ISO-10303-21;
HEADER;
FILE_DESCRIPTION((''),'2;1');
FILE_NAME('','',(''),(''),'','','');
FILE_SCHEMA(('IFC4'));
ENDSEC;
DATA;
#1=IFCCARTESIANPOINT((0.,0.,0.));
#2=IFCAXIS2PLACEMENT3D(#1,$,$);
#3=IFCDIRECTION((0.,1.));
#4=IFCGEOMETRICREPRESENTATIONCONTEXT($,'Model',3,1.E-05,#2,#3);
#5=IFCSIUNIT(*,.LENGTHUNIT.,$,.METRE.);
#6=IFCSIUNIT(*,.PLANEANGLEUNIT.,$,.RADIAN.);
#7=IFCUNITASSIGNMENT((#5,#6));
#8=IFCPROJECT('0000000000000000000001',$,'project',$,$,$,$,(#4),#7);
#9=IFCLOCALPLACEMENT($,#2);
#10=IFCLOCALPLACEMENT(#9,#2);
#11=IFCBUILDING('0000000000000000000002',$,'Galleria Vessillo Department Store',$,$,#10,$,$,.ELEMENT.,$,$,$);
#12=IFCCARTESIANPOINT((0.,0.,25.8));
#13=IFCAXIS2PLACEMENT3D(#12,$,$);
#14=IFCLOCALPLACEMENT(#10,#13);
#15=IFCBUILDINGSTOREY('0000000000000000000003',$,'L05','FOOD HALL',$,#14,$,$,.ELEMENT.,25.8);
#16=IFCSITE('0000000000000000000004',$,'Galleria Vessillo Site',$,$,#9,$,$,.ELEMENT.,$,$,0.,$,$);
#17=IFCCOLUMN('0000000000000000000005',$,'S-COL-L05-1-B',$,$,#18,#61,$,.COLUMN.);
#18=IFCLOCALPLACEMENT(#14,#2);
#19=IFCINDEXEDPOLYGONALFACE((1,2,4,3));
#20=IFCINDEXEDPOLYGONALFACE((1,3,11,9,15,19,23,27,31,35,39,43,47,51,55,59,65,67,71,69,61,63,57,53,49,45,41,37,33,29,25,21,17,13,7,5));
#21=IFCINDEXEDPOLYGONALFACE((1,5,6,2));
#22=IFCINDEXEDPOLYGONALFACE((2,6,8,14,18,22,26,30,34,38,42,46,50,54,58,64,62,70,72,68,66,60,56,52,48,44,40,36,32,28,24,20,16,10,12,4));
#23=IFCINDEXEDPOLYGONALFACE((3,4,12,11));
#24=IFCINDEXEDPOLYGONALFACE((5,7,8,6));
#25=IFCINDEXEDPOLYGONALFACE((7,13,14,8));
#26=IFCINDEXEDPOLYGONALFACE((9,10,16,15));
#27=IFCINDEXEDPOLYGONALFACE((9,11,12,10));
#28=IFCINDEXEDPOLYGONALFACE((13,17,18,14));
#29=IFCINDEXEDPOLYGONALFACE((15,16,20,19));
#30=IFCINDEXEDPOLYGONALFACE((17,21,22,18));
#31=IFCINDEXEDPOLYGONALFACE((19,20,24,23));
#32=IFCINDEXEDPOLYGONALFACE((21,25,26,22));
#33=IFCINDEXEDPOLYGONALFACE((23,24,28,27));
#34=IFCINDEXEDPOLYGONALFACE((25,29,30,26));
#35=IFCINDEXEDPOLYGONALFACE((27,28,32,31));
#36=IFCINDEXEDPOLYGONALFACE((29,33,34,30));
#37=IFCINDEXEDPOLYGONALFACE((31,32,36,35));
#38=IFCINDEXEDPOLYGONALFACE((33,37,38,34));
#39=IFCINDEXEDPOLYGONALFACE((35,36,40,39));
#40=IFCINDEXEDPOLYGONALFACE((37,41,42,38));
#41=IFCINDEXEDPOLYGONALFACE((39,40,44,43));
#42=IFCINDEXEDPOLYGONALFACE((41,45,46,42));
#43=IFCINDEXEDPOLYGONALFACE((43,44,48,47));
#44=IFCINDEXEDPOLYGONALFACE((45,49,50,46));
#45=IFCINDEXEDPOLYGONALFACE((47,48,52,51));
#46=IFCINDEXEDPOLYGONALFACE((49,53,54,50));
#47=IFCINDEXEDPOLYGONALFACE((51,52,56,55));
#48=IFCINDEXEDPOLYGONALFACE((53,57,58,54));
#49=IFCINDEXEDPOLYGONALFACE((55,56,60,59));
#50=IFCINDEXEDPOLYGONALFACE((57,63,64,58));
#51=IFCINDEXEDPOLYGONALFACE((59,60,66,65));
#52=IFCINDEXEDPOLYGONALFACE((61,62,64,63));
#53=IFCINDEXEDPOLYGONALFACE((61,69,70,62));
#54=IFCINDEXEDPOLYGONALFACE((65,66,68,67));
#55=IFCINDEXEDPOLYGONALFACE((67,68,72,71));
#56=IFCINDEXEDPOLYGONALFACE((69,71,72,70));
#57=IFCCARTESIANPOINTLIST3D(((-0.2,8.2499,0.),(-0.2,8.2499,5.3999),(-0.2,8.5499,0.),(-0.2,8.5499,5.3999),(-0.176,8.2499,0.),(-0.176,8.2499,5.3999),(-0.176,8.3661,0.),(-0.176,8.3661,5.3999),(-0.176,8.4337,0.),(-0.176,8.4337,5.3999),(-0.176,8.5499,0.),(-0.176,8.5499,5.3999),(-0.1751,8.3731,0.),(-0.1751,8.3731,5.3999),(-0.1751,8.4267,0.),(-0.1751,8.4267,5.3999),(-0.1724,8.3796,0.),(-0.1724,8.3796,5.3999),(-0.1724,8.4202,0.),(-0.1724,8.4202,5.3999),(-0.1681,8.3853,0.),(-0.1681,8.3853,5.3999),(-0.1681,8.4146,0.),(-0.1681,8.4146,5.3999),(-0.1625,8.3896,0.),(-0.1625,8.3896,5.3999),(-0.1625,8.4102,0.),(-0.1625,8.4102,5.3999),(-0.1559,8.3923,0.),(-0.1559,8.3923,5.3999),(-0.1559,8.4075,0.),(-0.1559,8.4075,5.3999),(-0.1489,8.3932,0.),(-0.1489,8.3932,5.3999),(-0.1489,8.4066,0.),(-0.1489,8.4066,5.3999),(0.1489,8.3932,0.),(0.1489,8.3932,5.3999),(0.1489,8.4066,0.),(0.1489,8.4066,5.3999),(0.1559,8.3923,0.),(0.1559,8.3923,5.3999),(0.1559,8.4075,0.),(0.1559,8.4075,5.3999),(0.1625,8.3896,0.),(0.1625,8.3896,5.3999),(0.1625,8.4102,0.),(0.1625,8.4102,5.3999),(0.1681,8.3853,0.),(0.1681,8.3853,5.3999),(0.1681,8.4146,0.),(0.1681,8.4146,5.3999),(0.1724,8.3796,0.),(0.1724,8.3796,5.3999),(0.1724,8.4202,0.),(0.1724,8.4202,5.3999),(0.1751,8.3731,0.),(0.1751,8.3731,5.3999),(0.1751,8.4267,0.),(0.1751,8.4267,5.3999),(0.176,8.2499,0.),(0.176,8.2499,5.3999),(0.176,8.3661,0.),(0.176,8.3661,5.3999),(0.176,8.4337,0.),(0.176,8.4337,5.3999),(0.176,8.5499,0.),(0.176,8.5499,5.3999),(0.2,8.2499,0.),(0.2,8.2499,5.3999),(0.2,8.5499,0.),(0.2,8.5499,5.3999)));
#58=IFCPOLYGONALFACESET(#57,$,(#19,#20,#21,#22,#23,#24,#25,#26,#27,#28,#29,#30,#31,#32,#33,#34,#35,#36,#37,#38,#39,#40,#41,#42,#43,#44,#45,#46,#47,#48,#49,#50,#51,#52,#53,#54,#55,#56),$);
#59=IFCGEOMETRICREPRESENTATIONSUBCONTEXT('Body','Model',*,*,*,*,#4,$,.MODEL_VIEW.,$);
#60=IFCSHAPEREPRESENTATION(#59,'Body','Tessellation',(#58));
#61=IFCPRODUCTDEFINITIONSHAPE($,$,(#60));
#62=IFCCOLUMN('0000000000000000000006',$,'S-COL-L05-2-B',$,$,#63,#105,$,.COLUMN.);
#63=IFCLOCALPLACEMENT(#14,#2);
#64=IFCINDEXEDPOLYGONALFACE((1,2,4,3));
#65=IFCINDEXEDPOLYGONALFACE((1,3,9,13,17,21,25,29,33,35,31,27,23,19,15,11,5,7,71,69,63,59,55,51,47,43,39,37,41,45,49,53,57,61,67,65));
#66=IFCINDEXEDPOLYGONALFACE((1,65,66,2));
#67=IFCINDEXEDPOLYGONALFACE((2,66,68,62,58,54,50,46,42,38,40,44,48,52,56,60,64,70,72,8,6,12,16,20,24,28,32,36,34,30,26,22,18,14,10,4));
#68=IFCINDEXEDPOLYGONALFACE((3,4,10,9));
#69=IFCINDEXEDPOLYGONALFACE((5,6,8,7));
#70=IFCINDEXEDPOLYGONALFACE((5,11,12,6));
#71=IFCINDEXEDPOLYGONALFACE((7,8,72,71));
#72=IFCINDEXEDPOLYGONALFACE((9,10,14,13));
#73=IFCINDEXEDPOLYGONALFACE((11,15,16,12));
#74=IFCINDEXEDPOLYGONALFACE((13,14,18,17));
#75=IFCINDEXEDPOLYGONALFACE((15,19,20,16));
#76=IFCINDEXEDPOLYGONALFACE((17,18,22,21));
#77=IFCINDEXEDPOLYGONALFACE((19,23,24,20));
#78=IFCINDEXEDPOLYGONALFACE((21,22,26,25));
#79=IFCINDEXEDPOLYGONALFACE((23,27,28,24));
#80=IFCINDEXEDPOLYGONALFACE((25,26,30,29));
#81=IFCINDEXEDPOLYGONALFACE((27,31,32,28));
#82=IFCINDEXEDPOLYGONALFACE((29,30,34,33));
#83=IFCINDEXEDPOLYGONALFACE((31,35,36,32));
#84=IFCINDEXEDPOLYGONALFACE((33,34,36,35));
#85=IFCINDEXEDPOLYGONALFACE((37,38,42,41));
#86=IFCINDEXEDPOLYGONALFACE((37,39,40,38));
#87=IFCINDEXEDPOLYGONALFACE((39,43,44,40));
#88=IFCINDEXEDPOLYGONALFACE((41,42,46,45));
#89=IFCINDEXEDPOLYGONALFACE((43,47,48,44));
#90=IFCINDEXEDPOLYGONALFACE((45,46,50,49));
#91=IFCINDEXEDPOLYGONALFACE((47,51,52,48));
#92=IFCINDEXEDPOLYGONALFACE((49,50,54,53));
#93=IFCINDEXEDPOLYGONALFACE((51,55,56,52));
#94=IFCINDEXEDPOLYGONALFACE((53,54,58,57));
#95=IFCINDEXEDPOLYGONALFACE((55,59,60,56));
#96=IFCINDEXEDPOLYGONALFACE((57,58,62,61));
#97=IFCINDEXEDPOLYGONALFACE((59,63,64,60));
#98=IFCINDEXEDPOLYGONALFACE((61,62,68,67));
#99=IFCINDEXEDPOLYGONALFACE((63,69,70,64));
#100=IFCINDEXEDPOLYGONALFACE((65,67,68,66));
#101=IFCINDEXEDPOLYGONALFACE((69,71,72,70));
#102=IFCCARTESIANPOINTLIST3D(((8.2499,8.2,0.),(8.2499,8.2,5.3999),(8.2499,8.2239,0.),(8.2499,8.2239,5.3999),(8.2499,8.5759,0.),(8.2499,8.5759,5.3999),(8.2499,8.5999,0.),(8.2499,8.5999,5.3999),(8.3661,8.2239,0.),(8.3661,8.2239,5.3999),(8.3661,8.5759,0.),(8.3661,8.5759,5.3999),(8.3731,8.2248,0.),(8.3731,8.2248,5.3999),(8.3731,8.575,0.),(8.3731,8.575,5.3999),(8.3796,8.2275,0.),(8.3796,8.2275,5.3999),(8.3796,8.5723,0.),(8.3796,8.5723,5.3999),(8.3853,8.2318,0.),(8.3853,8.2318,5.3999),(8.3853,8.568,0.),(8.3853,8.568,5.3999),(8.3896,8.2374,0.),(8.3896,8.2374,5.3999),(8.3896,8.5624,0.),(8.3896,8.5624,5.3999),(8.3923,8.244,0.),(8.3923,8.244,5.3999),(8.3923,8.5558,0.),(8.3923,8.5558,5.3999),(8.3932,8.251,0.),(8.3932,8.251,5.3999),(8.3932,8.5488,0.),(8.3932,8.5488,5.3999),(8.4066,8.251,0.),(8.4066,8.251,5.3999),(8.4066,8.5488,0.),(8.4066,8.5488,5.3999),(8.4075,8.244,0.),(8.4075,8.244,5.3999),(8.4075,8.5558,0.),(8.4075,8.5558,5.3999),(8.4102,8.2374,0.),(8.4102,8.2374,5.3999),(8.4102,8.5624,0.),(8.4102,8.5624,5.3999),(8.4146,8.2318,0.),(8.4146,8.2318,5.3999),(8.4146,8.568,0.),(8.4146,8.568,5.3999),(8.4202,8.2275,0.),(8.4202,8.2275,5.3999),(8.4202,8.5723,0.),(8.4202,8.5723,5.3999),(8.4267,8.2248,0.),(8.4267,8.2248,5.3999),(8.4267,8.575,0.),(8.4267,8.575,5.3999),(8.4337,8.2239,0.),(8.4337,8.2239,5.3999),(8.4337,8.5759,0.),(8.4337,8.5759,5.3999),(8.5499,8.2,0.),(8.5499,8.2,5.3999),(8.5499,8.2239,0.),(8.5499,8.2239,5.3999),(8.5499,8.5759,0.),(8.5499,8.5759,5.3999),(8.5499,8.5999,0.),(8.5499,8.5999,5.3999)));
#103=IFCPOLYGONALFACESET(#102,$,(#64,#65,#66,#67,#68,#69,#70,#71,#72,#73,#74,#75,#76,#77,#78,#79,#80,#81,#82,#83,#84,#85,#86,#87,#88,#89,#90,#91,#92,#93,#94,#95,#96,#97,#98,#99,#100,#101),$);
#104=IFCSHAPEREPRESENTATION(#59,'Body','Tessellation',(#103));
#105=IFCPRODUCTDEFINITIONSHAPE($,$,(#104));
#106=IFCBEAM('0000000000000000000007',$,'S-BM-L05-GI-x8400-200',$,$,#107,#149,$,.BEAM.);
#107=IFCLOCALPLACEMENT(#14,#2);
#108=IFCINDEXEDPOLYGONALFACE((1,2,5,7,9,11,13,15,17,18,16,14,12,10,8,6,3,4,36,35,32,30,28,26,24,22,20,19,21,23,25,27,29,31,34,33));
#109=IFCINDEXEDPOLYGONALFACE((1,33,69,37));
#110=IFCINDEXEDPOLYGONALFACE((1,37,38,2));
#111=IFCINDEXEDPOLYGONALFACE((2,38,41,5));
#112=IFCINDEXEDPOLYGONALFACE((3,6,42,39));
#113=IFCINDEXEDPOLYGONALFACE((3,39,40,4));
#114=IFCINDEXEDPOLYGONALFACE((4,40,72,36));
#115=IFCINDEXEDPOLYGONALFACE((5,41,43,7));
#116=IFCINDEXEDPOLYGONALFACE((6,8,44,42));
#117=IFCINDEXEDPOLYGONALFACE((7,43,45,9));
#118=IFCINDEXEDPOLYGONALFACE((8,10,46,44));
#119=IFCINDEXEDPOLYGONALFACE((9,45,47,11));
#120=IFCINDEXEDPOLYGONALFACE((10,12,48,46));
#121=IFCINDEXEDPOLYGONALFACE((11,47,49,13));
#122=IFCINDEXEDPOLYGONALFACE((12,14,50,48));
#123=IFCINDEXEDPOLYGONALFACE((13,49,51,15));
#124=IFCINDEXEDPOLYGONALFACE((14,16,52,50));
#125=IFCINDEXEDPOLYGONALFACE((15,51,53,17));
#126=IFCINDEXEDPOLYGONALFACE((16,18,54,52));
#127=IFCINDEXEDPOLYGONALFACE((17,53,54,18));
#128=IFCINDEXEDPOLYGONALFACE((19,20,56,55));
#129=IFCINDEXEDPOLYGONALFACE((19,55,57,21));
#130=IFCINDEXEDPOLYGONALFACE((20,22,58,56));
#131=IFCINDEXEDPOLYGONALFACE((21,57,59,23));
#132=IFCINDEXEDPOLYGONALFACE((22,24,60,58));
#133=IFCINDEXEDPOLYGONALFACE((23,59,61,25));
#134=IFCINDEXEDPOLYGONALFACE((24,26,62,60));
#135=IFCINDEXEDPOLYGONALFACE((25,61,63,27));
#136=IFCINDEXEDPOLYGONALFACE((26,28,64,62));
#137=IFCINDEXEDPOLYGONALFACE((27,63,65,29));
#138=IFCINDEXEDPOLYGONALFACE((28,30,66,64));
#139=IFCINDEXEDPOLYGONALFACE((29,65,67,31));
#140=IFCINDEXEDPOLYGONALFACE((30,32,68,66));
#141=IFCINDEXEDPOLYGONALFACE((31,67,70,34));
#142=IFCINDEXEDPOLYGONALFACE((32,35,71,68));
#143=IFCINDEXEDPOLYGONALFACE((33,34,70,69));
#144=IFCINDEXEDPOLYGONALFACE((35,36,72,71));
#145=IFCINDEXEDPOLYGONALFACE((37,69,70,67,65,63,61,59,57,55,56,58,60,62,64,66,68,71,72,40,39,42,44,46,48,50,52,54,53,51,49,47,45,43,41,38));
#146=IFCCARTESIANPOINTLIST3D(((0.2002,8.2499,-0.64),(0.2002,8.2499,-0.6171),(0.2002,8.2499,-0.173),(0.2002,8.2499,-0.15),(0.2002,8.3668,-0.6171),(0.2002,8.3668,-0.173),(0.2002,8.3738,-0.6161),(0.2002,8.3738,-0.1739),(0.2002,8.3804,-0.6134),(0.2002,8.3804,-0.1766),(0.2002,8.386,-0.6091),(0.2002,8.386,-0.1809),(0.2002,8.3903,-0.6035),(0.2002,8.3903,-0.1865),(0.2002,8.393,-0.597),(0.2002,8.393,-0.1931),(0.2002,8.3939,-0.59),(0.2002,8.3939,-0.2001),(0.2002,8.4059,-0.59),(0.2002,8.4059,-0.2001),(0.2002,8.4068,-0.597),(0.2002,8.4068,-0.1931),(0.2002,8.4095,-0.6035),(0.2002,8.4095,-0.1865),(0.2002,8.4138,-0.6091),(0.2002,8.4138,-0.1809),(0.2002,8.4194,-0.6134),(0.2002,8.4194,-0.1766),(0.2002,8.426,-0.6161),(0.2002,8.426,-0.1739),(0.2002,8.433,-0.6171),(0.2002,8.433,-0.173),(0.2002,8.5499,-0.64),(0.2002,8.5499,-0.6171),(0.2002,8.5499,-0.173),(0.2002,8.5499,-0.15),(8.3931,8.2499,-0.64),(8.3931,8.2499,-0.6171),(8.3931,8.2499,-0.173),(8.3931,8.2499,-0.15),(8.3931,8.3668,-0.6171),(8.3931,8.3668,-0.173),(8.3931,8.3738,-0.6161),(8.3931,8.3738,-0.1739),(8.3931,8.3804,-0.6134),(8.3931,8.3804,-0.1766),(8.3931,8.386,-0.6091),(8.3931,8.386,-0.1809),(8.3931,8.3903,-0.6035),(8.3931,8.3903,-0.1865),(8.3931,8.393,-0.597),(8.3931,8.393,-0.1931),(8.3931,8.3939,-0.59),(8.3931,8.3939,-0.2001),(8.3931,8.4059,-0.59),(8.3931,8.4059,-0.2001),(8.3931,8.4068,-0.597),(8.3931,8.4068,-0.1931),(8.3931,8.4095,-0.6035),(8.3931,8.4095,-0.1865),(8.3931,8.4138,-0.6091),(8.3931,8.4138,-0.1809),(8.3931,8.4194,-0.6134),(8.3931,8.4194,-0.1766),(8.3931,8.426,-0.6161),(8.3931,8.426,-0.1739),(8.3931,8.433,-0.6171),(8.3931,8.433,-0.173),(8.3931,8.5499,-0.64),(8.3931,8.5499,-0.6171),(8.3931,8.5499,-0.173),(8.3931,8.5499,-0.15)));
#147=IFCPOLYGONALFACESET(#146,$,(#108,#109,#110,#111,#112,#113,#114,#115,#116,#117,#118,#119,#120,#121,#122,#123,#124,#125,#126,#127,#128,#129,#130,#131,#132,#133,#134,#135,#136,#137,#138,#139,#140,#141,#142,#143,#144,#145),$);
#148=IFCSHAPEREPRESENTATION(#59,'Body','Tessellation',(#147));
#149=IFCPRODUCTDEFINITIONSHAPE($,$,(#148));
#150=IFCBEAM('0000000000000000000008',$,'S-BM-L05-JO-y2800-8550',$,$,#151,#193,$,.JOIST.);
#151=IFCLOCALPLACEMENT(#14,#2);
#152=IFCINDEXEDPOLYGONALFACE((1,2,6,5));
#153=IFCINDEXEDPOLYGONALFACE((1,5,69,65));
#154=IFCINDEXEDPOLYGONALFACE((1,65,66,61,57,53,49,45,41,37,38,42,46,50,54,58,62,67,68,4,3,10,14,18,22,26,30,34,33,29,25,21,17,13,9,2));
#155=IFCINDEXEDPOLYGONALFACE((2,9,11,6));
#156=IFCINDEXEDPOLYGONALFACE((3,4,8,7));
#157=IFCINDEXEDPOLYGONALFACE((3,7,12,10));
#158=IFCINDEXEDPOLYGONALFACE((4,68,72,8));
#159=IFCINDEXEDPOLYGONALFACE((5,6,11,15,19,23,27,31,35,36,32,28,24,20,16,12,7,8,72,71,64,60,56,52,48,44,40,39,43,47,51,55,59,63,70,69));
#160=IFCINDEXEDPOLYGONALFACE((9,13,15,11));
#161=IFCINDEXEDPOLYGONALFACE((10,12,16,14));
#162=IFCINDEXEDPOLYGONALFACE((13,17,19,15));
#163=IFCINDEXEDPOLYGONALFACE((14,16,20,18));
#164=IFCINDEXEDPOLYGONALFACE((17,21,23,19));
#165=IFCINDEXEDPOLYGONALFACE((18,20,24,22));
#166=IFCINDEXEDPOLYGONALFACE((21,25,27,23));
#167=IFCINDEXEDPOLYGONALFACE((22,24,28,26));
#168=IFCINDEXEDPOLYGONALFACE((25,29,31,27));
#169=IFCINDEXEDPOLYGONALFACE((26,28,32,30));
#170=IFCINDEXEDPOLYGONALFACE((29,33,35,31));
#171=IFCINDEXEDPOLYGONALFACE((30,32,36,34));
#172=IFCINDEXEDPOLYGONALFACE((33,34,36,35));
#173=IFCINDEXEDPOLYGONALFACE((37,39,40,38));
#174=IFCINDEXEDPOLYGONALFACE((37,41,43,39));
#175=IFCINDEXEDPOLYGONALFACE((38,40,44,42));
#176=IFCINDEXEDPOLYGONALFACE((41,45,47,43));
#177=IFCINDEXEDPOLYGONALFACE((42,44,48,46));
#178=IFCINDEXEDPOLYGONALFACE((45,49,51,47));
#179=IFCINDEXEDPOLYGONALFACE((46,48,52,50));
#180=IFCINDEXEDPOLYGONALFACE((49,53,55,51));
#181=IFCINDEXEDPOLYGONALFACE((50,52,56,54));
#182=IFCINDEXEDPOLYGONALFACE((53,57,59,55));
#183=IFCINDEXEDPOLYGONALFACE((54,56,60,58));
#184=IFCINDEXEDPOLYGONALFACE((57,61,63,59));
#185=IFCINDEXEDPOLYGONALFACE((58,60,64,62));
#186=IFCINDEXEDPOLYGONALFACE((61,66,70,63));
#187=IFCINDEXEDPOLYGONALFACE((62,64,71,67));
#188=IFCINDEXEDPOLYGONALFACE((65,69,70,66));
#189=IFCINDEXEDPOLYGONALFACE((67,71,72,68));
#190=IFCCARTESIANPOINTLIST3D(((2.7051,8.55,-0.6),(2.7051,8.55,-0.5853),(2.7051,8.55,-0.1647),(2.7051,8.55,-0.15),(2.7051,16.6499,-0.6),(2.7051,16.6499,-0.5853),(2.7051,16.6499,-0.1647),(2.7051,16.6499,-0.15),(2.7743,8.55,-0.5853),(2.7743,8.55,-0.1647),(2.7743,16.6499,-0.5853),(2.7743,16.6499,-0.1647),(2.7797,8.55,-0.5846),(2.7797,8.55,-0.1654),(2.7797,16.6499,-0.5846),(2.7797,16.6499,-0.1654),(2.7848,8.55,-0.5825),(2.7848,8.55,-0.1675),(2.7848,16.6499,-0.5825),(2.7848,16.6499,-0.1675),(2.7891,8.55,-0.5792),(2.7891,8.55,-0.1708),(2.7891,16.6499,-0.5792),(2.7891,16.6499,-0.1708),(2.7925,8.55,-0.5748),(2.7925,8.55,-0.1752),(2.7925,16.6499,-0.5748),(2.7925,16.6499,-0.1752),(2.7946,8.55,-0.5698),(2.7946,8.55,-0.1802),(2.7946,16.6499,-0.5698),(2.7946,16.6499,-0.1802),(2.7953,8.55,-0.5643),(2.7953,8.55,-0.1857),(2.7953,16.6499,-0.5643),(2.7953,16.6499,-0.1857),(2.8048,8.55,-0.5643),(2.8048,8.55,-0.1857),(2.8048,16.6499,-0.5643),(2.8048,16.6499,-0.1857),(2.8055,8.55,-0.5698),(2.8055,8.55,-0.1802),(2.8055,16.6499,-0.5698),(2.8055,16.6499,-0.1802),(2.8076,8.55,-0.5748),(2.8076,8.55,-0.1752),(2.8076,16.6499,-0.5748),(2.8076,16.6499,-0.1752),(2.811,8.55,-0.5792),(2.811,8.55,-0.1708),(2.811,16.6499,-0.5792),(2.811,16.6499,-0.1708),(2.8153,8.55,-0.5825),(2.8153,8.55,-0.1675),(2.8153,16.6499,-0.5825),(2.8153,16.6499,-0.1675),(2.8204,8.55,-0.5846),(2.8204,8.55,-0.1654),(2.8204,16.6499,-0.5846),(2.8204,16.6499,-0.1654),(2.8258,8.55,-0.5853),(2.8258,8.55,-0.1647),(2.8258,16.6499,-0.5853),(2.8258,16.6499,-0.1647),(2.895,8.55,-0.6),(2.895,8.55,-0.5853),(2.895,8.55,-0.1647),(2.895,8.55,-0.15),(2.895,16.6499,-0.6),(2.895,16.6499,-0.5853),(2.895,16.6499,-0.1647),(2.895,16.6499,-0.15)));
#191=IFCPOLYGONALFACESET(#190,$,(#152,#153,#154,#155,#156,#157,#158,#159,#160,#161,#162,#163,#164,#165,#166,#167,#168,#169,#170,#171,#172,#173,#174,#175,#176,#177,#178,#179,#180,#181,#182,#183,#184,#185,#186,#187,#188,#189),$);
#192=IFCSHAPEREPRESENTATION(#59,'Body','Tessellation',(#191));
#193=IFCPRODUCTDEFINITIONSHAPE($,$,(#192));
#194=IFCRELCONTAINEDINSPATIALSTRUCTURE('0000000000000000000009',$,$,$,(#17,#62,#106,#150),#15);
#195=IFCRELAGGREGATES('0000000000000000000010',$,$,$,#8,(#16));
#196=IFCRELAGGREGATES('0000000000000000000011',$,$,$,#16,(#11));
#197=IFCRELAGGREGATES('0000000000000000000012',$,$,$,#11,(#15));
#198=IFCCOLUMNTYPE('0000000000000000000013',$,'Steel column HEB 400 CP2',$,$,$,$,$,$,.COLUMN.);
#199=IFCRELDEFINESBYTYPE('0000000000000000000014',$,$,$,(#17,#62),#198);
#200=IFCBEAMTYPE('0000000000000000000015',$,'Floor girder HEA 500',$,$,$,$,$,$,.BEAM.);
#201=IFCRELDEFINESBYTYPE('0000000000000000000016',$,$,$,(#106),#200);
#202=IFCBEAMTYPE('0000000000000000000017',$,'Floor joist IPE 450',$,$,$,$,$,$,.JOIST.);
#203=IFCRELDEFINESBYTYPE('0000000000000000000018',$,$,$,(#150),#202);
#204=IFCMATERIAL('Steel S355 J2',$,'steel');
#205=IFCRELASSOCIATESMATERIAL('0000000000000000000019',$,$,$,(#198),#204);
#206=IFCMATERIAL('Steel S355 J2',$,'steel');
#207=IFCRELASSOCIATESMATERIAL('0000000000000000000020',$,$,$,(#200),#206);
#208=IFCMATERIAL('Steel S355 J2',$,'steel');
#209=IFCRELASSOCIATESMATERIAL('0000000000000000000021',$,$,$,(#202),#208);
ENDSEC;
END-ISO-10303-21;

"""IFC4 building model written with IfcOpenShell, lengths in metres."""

from ifc_helpers import new_model, si_unit, direction, frame, origin, origin_2d, place, context, subcontext, project, spatial, i_section, extrude, material, material_profile, profile_set, type_object, element, save


model = new_model("IFC4")

# Units and contexts
model_context = context("Model", 3, precision=1e-05, world=origin(), true_north=direction((0.0, 1.0)))
body_context = subcontext(model_context, "Body", "Model", "MODEL_VIEW")
ifc_project = project(units=[si_unit("LENGTHUNIT", "METRE"), si_unit("PLANEANGLEUNIT", "RADIAN")], contexts=[model_context])

# Site, building, storey
site_placement = place(None, origin())
site = spatial("IfcSite", under=ifc_project, at=site_placement, Name="Galleria Vessillo Site", CompositionType="ELEMENT", RefElevation=0.0)
building_placement = place(site_placement, origin())
building = spatial("IfcBuilding", under=site, at=building_placement, Name="Galleria Vessillo Department Store", CompositionType="ELEMENT")
storey_placement = place(building_placement, frame((0.0, 0.0, 25.8)))
storey = spatial("IfcBuildingStorey", under=building, at=storey_placement, Name="L05", Description="FOOD HALL", CompositionType="ELEMENT", Elevation=25.8)

# Columns
ifc_material_1 = material(Name="Steel S355 J2", Category="steel")
ifc_material_profile_1 = material_profile(ifc_material_1, i_section(OverallWidth=0.3, OverallDepth=0.3999, WebThickness=0.0134, FlangeThickness=0.0239, FilletRadius=0.0271, at=origin_2d()), Name="HEB 400")
ifc_profile_set_1 = profile_set([ifc_material_profile_1], Name="Steel S355 J2")
column_type = type_object("IfcColumnType", Name="Steel column HEB 400 CP2", PredefinedType="COLUMN", material=ifc_profile_set_1)
for number, where, z_axis, x_axis, name in (
    (1, (0.0, 8.3999, 0.0), (0.0, 0.0, 1.0), (0.0, 1.0, 0.0), "S-COL-L05-1-B"),
    (2, (8.3999, 8.3999, 0.0), (0.0, 0.0, 1.0), (1.0, 0.0, 0.0), "S-COL-L05-2-B"),
):
    element("IfcColumn", number, at=place(storey_placement, frame(where, z_axis=z_axis, x_axis=x_axis)), inside=storey, type_object=column_type, Name=name, PredefinedType="COLUMN", context=body_context, shape_type="SweptSolid", body=[
        extrude(i_section(OverallWidth=0.3, OverallDepth=0.3999, WebThickness=0.0134, FlangeThickness=0.0239, FilletRadius=0.0271, at=origin_2d()), origin(), (0.0, 0.0, 1.0), 5.3999),
    ])

# Beams
ifc_material_2 = material(Name="Steel S355 J2", Category="steel")
ifc_material_profile_2 = material_profile(ifc_material_2, i_section(OverallWidth=0.3, OverallDepth=0.49, WebThickness=0.012, FlangeThickness=0.0229, FilletRadius=0.0271, at=origin_2d()), Name="HEA 500")
ifc_profile_set_2 = profile_set([ifc_material_profile_2], Name="Steel S355 J2")
beam_type_1 = type_object("IfcBeamType", Name="Floor girder HEA 500", PredefinedType="BEAM", material=ifc_profile_set_2)
beam_placement = place(storey_placement, frame((0.2002, 8.3999, -0.395), z_axis=(1.0, 0.0, 0.0), x_axis=(0.0, 1.0, 0.0)))
element("IfcBeam", 3, at=beam_placement, inside=storey, type_object=beam_type_1, Name="S-BM-L05-GI-x8400-200", PredefinedType="BEAM", context=body_context, shape_type="SweptSolid", body=[
    extrude(i_section(OverallWidth=0.3, OverallDepth=0.49, WebThickness=0.012, FlangeThickness=0.0229, FilletRadius=0.0271, at=origin_2d()), origin(), (0.0, 0.0, 1.0), 8.1929),
])
ifc_material_3 = material(Name="Steel S355 J2", Category="steel")
ifc_material_profile_3 = material_profile(ifc_material_3, i_section(OverallWidth=0.1899, OverallDepth=0.45, WebThickness=0.0095, FlangeThickness=0.0146, FilletRadius=0.021, at=origin_2d()), Name="IPE 450")
ifc_profile_set_3 = profile_set([ifc_material_profile_3], Name="Steel S355 J2")
beam_type_2 = type_object("IfcBeamType", Name="Floor joist IPE 450", PredefinedType="JOIST", material=ifc_profile_set_3)
for number, where, z_axis, x_axis, name in (
    (4, (2.8, 8.55, -0.375), (0.0, 1.0, 0.0), (-1.0, 0.0, 0.0), "S-BM-L05-JO-y2800-8550"),
):
    element("IfcBeam", number, at=place(storey_placement, frame(where, z_axis=z_axis, x_axis=x_axis)), inside=storey, type_object=beam_type_2, Name=name, PredefinedType="JOIST", context=body_context, shape_type="SweptSolid", body=[
        extrude(i_section(OverallWidth=0.1899, OverallDepth=0.45, WebThickness=0.0095, FlangeThickness=0.0146, FilletRadius=0.021, at=origin_2d()), origin(), (0.0, 0.0, 1.0), 8.0999),
    ])

save(model, "model.ifc")
